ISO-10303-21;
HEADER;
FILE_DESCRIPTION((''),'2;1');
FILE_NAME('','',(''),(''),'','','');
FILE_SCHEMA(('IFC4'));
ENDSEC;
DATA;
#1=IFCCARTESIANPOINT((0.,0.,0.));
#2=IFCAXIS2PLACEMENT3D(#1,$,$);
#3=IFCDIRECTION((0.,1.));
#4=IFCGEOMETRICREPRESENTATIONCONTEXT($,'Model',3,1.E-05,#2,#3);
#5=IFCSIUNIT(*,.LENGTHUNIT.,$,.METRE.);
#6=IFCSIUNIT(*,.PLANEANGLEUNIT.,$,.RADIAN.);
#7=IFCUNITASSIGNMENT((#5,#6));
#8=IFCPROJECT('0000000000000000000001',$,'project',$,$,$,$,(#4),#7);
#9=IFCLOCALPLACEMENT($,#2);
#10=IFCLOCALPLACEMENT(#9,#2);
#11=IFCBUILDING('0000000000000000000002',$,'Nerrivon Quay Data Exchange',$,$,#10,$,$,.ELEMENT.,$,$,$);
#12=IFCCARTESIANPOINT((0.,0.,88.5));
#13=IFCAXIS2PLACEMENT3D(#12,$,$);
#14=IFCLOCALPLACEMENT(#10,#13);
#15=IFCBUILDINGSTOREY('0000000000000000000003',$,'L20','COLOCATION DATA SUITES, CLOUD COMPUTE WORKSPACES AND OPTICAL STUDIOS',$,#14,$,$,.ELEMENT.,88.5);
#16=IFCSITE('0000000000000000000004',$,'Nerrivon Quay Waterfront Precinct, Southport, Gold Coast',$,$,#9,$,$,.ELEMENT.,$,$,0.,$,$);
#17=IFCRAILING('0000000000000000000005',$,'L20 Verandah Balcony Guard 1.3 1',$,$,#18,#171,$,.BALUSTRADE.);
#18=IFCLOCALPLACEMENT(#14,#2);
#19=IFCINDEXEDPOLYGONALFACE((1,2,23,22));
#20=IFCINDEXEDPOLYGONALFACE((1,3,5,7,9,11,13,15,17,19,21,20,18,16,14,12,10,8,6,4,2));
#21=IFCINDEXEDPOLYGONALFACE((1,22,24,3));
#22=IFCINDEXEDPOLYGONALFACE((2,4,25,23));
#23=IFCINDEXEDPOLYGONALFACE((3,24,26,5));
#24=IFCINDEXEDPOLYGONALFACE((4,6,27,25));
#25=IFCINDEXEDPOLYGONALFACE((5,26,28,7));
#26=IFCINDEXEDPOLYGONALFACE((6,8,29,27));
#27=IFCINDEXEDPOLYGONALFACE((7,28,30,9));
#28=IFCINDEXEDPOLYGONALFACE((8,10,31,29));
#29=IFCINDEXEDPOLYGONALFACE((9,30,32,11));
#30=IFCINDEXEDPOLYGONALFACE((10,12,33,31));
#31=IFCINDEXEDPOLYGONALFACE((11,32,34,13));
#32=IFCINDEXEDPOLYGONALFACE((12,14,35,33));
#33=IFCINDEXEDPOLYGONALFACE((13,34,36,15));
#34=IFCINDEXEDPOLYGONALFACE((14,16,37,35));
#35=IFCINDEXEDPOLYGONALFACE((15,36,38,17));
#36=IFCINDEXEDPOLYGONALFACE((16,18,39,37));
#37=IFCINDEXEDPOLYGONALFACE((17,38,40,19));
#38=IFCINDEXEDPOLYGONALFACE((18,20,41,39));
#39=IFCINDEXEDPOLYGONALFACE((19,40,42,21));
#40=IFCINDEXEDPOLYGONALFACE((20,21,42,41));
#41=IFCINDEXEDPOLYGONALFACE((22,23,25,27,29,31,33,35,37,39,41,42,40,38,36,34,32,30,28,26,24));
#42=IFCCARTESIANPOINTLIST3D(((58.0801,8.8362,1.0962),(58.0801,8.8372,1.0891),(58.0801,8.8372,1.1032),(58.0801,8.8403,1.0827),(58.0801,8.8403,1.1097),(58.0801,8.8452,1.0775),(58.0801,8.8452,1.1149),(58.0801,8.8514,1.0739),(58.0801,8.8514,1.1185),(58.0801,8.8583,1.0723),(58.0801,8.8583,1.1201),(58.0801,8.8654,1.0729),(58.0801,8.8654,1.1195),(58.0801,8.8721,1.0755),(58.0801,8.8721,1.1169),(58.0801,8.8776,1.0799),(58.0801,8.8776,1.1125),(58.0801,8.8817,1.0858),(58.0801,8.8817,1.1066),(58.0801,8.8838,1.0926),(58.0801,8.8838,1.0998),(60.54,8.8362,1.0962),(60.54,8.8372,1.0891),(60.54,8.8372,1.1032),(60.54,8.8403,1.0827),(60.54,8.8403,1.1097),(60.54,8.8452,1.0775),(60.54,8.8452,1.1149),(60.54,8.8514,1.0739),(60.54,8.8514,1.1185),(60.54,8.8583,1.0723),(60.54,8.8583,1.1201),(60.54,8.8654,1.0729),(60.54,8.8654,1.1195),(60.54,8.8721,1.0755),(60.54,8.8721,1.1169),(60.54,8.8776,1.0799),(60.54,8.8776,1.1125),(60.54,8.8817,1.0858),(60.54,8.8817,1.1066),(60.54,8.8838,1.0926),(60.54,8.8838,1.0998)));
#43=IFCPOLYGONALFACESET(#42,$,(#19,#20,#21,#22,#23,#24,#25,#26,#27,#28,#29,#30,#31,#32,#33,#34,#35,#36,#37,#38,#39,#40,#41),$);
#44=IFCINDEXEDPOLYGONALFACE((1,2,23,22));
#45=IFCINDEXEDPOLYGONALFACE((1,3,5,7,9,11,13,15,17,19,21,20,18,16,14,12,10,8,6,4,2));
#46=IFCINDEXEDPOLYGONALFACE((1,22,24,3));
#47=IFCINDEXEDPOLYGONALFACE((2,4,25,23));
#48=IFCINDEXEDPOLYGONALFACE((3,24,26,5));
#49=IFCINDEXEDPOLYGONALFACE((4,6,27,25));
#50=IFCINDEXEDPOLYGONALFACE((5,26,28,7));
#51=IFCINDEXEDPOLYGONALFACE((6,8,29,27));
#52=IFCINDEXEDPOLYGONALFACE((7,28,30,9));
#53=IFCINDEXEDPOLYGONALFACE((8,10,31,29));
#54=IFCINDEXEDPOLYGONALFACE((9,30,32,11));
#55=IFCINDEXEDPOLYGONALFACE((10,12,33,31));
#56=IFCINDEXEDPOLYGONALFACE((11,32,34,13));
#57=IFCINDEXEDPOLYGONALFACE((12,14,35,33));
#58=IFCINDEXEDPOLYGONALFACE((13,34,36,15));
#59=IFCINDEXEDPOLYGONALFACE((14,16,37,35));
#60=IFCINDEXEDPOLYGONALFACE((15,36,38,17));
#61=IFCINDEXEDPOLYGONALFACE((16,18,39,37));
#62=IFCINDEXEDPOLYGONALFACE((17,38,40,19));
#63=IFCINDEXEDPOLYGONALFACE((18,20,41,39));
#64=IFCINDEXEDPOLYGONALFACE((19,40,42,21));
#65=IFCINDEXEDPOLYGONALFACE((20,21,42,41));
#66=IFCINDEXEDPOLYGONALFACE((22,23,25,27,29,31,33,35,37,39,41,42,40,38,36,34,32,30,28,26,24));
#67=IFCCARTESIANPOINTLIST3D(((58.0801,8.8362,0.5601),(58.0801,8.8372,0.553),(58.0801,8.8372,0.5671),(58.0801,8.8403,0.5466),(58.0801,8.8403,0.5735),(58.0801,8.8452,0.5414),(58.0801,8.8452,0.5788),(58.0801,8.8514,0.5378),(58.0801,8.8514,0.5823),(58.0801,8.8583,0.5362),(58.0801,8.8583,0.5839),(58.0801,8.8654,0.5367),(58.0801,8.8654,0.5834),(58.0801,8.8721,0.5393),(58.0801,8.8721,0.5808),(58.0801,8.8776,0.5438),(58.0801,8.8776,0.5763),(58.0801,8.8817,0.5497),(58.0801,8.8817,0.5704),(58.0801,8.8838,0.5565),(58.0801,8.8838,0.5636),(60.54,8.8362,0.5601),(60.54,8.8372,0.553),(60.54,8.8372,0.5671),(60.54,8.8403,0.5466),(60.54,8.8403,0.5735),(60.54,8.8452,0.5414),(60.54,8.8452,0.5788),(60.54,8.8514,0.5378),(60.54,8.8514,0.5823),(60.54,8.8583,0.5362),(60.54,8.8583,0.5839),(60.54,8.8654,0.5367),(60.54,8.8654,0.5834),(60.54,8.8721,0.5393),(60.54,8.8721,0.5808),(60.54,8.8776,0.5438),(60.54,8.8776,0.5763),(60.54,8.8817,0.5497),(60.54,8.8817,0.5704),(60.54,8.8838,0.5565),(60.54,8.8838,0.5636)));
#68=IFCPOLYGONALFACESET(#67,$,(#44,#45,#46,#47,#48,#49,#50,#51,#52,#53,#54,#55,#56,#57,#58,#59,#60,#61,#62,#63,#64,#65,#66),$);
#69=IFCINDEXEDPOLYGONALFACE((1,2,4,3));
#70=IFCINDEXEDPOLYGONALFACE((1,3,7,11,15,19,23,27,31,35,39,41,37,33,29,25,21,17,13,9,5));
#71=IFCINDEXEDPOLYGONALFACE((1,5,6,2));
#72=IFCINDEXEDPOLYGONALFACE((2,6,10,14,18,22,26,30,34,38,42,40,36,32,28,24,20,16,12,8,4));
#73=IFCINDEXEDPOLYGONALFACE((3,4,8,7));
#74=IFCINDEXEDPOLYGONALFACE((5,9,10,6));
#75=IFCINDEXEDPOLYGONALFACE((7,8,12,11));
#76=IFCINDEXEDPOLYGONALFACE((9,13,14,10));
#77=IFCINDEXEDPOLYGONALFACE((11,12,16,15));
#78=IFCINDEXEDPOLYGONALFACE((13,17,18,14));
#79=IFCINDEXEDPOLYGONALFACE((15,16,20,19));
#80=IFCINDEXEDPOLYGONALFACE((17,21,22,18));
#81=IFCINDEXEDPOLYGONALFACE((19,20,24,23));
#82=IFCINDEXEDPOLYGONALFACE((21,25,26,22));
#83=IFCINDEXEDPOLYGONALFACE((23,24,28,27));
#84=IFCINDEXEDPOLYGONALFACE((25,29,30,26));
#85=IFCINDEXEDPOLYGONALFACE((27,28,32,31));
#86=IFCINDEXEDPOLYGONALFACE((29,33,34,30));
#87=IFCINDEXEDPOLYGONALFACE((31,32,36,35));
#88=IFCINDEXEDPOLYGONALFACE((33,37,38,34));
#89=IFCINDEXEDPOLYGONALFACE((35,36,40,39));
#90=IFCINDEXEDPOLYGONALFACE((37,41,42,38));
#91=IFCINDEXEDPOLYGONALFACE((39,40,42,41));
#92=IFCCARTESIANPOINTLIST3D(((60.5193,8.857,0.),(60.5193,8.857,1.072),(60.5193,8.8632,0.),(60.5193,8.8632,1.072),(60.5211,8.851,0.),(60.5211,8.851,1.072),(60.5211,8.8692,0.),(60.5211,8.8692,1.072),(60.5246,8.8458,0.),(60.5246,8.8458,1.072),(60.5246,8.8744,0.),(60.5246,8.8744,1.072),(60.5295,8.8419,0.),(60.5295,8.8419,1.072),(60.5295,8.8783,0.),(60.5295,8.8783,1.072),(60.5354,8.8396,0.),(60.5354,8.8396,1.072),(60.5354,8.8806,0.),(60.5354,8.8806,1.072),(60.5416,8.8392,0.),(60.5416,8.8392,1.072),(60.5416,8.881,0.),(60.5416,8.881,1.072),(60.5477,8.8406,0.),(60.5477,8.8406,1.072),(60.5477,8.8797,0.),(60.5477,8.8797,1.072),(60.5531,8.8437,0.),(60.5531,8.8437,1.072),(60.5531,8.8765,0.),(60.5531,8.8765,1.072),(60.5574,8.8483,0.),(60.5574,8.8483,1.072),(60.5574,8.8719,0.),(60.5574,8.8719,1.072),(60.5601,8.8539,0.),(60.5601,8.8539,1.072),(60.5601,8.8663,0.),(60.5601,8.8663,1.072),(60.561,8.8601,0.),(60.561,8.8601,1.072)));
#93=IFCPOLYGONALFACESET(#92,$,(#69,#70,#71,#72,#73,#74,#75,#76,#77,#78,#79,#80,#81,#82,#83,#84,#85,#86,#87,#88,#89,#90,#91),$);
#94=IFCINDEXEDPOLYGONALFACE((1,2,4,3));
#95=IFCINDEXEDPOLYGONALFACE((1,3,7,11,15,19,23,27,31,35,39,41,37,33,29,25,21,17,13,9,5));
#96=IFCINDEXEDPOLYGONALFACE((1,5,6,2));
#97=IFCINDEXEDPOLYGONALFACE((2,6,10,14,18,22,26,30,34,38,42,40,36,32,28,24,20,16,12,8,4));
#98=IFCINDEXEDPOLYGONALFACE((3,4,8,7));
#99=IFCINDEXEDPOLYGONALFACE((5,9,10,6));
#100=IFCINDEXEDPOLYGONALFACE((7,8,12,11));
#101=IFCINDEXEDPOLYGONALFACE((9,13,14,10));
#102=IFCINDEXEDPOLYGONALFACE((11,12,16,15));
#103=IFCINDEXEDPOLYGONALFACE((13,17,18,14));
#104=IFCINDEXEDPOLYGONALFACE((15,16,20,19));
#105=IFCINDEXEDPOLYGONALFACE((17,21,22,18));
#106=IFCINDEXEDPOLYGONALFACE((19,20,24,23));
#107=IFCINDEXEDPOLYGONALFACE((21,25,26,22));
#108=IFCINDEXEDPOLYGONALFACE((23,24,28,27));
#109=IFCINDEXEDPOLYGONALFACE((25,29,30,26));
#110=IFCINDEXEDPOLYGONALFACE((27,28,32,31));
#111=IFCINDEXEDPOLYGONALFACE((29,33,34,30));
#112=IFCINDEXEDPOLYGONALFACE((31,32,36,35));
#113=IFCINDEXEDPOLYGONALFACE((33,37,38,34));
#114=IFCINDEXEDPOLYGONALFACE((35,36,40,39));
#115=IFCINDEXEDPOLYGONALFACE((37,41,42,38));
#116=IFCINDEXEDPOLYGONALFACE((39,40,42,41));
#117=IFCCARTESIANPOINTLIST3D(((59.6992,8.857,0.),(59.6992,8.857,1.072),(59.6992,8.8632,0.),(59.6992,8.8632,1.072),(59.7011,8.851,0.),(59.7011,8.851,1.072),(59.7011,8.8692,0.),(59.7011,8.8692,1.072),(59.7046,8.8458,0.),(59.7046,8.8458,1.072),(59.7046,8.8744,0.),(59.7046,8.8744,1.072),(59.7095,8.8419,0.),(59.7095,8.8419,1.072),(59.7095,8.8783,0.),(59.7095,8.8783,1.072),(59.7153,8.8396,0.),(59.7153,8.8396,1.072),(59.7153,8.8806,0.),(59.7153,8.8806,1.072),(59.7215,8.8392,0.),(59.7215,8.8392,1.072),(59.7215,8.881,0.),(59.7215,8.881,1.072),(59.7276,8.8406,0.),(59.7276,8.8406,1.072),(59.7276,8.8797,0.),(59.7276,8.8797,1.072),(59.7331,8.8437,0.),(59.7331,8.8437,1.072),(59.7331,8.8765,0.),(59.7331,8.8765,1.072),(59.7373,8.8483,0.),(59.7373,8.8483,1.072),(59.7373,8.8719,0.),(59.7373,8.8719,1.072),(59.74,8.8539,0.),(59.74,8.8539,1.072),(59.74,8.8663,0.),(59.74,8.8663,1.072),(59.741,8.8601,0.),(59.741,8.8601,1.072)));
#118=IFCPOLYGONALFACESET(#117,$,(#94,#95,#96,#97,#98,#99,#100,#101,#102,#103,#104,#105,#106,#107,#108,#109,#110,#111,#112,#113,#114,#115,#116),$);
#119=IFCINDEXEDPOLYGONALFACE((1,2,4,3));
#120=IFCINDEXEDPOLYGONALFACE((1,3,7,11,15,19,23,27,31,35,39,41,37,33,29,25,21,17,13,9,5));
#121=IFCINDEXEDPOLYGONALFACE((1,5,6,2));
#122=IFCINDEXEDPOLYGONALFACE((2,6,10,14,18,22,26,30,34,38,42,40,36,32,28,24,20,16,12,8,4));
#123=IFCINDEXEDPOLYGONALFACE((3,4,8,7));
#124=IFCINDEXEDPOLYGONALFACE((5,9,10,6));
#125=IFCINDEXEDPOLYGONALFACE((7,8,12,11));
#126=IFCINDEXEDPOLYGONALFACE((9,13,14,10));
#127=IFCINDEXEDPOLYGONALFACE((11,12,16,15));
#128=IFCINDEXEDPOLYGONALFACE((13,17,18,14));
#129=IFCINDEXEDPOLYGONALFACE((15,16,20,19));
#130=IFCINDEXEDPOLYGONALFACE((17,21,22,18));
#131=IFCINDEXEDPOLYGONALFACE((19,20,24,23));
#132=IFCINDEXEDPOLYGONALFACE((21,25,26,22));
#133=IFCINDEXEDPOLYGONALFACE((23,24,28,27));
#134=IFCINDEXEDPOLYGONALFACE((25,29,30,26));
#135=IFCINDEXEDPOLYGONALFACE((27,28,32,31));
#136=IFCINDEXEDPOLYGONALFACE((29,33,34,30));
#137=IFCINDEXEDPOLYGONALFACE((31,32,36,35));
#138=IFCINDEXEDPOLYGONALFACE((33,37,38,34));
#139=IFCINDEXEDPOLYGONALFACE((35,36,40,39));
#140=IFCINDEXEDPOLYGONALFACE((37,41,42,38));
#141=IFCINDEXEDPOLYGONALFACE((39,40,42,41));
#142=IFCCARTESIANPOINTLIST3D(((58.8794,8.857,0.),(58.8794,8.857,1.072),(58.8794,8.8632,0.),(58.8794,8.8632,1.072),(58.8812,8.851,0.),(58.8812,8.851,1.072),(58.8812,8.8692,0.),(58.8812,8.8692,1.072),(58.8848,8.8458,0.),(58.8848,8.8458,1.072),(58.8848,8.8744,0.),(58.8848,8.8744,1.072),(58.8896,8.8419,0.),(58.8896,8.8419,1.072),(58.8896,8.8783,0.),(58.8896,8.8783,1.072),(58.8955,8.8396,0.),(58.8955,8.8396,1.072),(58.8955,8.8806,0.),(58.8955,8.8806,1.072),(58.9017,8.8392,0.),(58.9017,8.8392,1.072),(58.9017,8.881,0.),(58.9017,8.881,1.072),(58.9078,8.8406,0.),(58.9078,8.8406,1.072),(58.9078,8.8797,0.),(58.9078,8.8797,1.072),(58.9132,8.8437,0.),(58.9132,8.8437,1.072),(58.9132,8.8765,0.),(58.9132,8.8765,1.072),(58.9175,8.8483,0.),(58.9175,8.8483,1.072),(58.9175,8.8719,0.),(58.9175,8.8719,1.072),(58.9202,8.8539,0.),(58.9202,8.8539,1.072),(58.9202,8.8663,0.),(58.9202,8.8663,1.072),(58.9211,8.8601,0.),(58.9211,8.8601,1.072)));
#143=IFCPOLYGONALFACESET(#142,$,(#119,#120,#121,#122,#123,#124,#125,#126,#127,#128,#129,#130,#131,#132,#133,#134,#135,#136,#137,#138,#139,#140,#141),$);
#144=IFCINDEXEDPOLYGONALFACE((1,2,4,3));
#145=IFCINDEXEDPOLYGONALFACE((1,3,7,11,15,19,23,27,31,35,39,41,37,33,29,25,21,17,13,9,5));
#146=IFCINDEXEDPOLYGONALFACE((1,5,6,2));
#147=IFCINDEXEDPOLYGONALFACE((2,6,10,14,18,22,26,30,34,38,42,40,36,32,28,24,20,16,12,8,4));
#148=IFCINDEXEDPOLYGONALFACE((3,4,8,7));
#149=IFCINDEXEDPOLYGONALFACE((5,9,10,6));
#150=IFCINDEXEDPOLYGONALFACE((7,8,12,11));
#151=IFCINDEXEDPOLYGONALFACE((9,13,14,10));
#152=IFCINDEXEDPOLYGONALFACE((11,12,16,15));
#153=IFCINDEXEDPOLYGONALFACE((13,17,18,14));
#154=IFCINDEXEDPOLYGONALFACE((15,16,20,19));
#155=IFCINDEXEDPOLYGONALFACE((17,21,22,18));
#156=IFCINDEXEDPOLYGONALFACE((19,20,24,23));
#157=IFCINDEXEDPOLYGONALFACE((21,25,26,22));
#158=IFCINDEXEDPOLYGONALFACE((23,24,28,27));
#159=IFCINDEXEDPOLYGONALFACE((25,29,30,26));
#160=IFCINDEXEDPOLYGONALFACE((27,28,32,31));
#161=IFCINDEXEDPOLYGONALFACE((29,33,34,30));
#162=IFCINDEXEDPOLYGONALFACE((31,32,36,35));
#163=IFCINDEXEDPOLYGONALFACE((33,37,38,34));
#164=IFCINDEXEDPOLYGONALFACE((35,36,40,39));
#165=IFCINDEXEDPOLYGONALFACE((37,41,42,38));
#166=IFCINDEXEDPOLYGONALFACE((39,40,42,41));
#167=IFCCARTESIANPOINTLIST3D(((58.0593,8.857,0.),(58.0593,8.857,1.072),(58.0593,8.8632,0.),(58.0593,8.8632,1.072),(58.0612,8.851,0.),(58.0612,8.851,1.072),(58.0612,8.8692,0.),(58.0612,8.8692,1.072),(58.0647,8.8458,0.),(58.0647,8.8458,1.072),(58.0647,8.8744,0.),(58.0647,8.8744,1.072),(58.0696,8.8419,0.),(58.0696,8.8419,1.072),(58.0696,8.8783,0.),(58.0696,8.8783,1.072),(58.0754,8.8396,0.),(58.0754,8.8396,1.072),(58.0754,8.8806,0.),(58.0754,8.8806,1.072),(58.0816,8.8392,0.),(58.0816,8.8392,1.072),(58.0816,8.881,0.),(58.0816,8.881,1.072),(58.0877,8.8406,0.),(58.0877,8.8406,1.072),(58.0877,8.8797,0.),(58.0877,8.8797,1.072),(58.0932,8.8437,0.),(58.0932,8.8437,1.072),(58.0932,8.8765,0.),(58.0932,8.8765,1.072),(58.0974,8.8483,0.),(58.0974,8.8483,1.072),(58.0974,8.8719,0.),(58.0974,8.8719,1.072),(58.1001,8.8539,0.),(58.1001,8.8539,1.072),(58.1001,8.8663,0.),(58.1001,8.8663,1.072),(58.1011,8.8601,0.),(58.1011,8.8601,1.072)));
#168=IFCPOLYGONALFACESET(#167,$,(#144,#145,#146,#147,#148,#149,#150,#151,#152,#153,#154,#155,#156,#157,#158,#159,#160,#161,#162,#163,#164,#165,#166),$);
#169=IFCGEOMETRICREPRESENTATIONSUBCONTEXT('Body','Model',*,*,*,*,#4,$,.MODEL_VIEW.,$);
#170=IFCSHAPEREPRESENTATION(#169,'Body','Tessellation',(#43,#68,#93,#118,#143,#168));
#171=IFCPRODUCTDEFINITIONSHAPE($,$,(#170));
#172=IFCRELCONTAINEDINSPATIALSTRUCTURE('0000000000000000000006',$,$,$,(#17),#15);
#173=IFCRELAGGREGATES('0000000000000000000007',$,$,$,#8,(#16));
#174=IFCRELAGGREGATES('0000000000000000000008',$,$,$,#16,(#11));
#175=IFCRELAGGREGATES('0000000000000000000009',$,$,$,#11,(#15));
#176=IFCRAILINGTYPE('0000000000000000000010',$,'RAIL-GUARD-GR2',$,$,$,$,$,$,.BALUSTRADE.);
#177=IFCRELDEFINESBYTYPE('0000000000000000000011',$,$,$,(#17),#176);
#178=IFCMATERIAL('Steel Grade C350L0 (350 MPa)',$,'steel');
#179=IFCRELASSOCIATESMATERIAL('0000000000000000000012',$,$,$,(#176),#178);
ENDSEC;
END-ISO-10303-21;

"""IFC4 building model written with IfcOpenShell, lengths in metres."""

from ifc_helpers import new_model, si_unit, direction, frame, origin, origin_2d, place, context, subcontext, project, spatial, circle, extrude, material, type_object, element, save


model = new_model("IFC4")

# Units and contexts
model_context = context("Model", 3, precision=1e-05, world=origin(), true_north=direction((0.0, 1.0)))
body_context = subcontext(model_context, "Body", "Model", "MODEL_VIEW")
ifc_project = project(units=[si_unit("LENGTHUNIT", "METRE"), si_unit("PLANEANGLEUNIT", "RADIAN")], contexts=[model_context])

# Site, building, storey
site_placement = place(None, origin())
site = spatial("IfcSite", under=ifc_project, at=site_placement, Name="Nerrivon Quay Waterfront Precinct, Southport, Gold Coast", CompositionType="ELEMENT", RefElevation=0.0)
building_placement = place(site_placement, origin())
building = spatial("IfcBuilding", under=site, at=building_placement, Name="Nerrivon Quay Data Exchange", CompositionType="ELEMENT")
storey_placement = place(building_placement, frame((0.0, 0.0, 88.5)))
storey = spatial("IfcBuildingStorey", under=building, at=storey_placement, Name="L20", Description="COLOCATION DATA SUITES, CLOUD COMPUTE WORKSPACES AND OPTICAL STUDIOS", CompositionType="ELEMENT", Elevation=88.5)

# Railing
ifc_material_1 = material(Name="Steel Grade C350L0 (350 MPa)", Category="steel")
railing_type = type_object("IfcRailingType", Name="RAIL-GUARD-GR2", PredefinedType="BALUSTRADE", material=ifc_material_1)
railing_1_placement = place(storey_placement, frame((60.54, 8.8601, 0.0)))
element("IfcRailing", 1, at=railing_1_placement, inside=storey, type_object=railing_type, Name="L20 Verandah Balcony Guard 1.3 1", PredefinedType="BALUSTRADE", context=body_context, shape_type="SweptSolid", body=[
    extrude(circle(Radius=0.0239, at=origin_2d()), frame((0.0, 0.0, 1.0962), z_axis=(-1.0, 0.0, 0.0), x_axis=(0.0, -1.0, 0.0)), (0.0, 0.0, 1.0), 2.46),
    extrude(circle(Radius=0.0239, at=origin_2d()), frame((0.0, 0.0, 0.5601), z_axis=(-1.0, 0.0, 0.0), x_axis=(0.0, -1.0, 0.0)), (0.0, 0.0, 1.0), 2.46),
    extrude(circle(Radius=0.021, at=origin_2d()), origin(), (0.0, 0.0, 1.0), 1.072),
    extrude(circle(Radius=0.021, at=origin_2d()), frame((-0.8201, 0.0, 0.0)), (0.0, 0.0, 1.0), 1.072),
    extrude(circle(Radius=0.021, at=origin_2d()), frame((-1.6399, 0.0, 0.0)), (0.0, 0.0, 1.0), 1.072),
    extrude(circle(Radius=0.021, at=origin_2d()), frame((-2.46, 0.0, 0.0)), (0.0, 0.0, 1.0), 1.072),
])

save(model, "model.ifc")
